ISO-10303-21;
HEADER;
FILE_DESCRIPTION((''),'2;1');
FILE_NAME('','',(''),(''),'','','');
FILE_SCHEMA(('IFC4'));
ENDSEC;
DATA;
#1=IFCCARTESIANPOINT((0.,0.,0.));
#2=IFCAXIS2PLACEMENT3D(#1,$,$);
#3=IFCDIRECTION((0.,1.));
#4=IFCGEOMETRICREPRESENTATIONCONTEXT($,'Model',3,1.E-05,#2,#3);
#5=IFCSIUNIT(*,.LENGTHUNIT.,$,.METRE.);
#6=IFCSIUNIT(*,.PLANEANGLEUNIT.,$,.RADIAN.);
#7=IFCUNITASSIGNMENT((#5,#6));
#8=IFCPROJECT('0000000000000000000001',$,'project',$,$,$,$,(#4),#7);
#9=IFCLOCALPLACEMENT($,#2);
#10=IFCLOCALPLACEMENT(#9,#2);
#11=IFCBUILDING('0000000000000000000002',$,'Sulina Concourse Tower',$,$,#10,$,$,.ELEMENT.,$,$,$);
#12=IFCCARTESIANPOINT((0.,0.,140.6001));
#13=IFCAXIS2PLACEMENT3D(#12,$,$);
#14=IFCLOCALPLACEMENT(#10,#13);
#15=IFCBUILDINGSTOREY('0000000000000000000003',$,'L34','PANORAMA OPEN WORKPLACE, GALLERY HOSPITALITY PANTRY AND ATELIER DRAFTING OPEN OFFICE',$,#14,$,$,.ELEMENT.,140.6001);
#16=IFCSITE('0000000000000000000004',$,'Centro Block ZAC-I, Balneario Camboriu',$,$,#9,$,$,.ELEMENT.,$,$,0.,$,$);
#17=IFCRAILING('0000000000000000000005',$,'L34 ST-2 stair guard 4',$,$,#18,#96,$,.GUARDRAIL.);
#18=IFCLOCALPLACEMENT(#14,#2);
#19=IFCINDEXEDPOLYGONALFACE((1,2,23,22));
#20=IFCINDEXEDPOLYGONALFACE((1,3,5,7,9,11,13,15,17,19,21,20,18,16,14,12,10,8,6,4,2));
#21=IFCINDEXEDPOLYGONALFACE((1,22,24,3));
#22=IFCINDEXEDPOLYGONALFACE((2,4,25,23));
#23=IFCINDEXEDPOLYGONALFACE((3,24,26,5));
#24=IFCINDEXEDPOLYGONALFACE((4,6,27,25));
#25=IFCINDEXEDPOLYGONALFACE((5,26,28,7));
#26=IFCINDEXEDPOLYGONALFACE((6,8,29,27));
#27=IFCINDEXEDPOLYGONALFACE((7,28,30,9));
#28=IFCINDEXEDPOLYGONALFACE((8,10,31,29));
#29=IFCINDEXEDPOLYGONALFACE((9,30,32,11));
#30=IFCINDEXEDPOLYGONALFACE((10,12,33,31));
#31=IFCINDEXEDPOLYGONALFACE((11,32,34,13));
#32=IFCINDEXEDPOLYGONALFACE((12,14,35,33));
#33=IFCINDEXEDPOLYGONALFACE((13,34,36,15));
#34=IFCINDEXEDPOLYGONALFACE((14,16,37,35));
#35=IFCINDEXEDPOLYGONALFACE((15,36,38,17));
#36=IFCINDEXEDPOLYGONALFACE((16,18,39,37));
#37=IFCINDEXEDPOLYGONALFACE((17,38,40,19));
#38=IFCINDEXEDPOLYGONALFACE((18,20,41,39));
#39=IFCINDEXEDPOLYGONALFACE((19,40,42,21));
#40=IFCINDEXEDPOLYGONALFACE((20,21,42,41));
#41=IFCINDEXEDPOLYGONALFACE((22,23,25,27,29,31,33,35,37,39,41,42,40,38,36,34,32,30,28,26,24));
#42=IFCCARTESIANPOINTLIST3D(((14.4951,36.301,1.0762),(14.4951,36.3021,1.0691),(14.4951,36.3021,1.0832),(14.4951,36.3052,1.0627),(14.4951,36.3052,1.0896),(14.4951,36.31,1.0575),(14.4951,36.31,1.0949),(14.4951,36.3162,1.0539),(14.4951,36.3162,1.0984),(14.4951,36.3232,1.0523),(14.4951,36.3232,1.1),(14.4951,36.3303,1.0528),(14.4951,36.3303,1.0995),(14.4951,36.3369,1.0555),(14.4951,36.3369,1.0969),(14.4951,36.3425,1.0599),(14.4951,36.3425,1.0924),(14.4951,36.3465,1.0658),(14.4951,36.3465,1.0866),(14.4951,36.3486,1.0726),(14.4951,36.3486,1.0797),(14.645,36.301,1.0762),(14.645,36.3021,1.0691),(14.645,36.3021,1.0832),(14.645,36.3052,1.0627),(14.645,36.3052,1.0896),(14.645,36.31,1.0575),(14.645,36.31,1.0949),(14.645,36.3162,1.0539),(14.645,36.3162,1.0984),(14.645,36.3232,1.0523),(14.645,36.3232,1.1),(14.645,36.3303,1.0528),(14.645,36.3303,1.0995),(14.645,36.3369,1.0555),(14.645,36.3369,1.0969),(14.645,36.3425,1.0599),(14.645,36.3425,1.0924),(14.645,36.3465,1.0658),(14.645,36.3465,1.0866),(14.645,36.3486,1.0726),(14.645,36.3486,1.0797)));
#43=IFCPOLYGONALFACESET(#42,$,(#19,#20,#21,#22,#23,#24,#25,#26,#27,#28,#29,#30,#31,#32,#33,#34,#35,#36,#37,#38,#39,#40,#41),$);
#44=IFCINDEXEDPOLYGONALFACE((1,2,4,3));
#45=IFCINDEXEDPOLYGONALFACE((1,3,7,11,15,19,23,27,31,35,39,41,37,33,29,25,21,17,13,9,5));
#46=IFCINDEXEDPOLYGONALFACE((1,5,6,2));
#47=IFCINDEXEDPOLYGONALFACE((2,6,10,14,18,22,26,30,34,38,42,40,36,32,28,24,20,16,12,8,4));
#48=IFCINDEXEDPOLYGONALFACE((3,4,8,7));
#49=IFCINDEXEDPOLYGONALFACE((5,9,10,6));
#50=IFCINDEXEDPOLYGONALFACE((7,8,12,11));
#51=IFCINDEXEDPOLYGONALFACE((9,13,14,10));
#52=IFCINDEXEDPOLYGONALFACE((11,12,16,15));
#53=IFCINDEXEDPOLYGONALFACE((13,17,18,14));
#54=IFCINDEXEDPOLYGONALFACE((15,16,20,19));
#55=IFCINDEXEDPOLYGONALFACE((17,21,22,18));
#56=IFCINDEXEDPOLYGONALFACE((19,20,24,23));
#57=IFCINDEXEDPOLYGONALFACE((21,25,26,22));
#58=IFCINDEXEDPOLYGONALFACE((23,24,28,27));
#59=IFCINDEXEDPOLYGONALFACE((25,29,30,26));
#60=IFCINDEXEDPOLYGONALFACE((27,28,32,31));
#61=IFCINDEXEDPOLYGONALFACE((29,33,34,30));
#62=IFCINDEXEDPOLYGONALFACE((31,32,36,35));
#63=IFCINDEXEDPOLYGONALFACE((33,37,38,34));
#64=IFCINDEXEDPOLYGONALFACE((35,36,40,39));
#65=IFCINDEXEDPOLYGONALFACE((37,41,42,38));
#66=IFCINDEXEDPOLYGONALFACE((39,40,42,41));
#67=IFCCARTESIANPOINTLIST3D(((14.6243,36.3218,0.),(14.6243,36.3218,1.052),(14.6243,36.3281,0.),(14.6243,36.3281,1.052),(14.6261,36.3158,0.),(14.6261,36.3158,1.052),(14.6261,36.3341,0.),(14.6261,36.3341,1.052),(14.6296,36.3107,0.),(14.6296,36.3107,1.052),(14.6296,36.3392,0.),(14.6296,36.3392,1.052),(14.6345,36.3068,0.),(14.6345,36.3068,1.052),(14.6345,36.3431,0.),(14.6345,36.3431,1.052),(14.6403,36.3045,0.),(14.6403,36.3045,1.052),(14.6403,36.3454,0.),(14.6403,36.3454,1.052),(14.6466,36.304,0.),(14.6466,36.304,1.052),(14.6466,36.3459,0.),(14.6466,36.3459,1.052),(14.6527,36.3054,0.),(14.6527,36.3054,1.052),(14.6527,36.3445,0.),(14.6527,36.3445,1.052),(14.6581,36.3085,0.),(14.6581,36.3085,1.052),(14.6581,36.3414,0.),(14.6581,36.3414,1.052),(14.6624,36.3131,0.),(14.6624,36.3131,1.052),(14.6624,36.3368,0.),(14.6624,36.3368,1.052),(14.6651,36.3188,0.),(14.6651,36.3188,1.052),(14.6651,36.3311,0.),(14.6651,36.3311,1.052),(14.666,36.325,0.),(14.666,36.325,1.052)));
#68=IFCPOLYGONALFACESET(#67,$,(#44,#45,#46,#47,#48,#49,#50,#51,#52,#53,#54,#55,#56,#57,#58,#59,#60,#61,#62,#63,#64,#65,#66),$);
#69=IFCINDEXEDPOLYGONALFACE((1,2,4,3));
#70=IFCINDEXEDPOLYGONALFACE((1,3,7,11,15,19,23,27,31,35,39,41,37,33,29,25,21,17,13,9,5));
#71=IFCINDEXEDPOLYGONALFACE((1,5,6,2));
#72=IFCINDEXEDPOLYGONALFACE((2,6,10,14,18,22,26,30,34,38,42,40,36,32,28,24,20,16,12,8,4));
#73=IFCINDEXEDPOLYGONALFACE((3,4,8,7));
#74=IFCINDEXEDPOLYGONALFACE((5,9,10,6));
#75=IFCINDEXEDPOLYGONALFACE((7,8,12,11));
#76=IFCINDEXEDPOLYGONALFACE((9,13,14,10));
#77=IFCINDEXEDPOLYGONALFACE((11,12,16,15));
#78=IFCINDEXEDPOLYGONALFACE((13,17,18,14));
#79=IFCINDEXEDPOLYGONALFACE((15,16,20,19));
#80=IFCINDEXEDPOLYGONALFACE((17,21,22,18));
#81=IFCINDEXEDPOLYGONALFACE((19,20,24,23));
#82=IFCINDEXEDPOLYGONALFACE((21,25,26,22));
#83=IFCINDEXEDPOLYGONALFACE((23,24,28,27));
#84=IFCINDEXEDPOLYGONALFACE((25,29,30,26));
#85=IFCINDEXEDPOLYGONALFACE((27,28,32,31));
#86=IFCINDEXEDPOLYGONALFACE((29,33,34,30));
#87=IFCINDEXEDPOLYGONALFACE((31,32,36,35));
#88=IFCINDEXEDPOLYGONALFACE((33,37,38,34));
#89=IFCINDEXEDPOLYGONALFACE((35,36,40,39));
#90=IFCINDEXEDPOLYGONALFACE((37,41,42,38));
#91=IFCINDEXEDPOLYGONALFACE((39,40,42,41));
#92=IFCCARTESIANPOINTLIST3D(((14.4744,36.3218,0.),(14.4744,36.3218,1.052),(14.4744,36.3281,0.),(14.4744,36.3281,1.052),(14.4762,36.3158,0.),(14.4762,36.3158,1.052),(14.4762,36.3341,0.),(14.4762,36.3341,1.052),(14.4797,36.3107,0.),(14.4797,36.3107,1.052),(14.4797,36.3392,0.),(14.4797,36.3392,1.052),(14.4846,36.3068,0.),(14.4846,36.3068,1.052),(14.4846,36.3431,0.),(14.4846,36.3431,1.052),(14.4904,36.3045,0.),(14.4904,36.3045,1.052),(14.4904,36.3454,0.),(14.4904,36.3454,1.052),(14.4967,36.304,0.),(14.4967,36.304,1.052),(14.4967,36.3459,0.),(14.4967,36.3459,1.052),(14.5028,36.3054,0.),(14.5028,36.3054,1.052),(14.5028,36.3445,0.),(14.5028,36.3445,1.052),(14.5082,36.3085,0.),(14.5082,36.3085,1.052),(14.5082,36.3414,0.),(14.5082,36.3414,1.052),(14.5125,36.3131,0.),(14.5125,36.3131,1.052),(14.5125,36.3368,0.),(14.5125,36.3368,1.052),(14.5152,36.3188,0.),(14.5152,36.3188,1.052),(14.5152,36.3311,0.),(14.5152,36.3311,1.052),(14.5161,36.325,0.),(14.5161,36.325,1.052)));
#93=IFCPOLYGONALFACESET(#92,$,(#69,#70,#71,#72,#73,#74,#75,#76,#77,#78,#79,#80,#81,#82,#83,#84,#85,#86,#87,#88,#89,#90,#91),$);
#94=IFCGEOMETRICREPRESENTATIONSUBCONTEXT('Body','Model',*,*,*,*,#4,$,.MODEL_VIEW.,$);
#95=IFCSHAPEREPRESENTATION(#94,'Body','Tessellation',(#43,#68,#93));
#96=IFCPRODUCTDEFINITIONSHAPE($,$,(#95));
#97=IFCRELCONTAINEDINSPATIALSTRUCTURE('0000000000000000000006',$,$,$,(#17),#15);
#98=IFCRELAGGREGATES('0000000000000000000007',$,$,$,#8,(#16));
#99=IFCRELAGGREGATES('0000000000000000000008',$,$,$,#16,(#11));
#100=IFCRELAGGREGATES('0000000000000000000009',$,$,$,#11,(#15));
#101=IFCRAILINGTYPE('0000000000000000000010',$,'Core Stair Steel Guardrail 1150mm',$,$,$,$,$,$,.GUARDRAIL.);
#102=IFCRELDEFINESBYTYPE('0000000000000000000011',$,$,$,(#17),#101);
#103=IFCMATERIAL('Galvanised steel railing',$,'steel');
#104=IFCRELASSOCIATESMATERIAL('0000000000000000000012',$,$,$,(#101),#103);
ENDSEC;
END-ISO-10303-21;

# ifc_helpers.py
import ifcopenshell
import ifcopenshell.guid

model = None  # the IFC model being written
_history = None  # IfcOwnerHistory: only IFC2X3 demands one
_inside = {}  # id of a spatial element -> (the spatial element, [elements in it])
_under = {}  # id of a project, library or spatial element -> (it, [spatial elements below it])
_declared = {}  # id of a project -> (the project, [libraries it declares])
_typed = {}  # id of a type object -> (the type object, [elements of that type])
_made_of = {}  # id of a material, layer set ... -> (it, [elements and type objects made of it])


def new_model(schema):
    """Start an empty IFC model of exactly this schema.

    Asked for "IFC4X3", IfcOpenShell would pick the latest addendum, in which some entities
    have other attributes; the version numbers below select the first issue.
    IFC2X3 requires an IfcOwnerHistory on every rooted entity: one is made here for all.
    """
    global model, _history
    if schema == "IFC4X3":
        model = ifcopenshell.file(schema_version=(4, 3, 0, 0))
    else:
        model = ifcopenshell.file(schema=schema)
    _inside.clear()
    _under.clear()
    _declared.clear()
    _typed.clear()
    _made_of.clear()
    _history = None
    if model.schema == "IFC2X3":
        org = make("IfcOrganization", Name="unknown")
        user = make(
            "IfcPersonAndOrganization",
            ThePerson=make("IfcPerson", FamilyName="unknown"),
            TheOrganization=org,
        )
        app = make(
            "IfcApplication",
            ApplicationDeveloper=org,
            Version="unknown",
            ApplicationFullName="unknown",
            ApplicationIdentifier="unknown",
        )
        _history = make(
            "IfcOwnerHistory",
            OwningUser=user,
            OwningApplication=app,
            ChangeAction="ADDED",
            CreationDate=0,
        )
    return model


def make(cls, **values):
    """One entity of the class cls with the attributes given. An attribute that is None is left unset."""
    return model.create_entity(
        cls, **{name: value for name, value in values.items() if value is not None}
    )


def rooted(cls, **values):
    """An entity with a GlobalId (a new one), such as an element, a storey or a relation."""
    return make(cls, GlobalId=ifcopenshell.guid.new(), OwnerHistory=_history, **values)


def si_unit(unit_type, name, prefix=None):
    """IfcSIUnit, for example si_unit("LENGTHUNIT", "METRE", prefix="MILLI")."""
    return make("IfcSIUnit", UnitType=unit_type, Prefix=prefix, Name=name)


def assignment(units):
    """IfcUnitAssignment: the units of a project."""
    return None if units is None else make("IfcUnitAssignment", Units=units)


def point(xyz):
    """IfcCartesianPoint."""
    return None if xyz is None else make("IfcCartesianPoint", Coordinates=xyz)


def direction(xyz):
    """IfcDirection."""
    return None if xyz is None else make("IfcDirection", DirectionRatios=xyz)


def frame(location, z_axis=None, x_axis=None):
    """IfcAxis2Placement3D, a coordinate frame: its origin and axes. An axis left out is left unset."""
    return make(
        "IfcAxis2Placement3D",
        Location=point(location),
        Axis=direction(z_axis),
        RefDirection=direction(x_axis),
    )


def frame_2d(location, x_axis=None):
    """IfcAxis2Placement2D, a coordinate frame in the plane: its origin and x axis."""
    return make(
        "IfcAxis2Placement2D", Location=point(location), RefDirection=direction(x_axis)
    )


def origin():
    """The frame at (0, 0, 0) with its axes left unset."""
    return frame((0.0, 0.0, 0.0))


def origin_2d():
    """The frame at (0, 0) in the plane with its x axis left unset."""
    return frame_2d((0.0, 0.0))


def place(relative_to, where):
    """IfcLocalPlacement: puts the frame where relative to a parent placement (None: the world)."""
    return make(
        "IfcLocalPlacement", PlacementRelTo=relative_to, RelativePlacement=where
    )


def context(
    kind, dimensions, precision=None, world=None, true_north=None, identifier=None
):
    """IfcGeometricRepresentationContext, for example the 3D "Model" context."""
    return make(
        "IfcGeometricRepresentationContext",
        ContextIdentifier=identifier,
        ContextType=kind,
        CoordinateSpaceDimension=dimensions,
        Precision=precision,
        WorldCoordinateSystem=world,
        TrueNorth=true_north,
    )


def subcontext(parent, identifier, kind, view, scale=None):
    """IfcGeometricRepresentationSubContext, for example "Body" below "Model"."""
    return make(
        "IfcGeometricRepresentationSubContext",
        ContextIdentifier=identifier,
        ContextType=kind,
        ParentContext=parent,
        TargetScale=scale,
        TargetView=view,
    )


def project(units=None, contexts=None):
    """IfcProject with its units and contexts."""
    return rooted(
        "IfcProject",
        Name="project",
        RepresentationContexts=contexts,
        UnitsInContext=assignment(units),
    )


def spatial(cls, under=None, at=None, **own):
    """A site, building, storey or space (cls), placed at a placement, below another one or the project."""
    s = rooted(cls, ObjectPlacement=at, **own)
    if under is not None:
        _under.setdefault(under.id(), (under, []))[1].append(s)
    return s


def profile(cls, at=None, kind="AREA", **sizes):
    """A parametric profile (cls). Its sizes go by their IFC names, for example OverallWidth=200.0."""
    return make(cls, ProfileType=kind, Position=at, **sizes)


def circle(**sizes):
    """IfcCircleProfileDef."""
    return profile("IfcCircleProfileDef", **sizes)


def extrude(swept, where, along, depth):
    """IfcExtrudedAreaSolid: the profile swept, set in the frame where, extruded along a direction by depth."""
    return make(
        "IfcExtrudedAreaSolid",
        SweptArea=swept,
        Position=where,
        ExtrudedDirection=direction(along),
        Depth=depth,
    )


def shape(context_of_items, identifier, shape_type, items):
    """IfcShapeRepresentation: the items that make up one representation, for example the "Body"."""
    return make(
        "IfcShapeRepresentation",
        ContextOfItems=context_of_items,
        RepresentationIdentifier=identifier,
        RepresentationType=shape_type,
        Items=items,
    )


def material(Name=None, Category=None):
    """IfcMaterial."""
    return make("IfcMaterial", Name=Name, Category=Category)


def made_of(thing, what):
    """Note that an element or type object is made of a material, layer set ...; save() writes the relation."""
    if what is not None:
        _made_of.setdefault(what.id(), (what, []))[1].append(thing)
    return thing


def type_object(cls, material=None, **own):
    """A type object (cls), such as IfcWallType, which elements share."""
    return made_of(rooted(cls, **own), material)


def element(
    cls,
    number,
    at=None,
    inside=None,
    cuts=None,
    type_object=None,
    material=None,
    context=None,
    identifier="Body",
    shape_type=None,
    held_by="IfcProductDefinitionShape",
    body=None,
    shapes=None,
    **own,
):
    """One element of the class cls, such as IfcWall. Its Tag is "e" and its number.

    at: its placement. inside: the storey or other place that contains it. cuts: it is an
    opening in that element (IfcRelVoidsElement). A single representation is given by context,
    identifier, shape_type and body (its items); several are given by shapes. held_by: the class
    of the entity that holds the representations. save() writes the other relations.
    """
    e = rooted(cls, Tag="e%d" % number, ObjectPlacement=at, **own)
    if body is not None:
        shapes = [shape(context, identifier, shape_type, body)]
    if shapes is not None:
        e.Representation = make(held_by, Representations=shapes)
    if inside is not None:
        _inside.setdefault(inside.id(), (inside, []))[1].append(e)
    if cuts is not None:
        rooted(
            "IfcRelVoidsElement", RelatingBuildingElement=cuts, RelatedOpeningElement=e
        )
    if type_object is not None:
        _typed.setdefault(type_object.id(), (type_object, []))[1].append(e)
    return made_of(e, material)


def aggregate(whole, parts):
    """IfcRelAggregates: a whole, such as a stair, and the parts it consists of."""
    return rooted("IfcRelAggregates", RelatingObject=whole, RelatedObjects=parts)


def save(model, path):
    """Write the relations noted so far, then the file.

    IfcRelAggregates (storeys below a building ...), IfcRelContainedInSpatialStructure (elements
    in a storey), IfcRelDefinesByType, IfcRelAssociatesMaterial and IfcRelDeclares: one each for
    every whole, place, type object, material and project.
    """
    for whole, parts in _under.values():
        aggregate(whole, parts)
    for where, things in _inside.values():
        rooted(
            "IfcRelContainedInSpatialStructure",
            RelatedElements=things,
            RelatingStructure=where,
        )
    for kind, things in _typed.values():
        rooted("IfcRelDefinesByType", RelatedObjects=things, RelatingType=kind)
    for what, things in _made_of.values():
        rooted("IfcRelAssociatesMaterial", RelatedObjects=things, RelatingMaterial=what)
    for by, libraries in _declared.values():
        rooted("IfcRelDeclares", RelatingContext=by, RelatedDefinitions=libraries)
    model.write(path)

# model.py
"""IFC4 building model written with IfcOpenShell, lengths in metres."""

from ifc_helpers import new_model, si_unit, direction, frame, origin, origin_2d, place, context, subcontext, project, spatial, circle, extrude, material, type_object, element, save


model = new_model("IFC4")

# Units and contexts
model_context = context("Model", 3, precision=1e-05, world=origin(), true_north=direction((0.0, 1.0)))
body_context = subcontext(model_context, "Body", "Model", "MODEL_VIEW")
ifc_project = project(units=[si_unit("LENGTHUNIT", "METRE"), si_unit("PLANEANGLEUNIT", "RADIAN")], contexts=[model_context])

# Site, building, storey
site_placement = place(None, origin())
site = spatial("IfcSite", under=ifc_project, at=site_placement, Name="Centro Block ZAC-I, Balneario Camboriu", CompositionType="ELEMENT", RefElevation=0.0)
building_placement = place(site_placement, origin())
building = spatial("IfcBuilding", under=site, at=building_placement, Name="Sulina Concourse Tower", CompositionType="ELEMENT")
storey_placement = place(building_placement, frame((0.0, 0.0, 140.6001)))
storey = spatial("IfcBuildingStorey", under=building, at=storey_placement, Name="L34", Description="PANORAMA OPEN WORKPLACE, GALLERY HOSPITALITY PANTRY AND ATELIER DRAFTING OPEN OFFICE", CompositionType="ELEMENT", Elevation=140.6001)

# Railing
ifc_material_1 = material(Name="Galvanised steel railing", Category="steel")
railing_type_1 = type_object("IfcRailingType", Name="Core Stair Steel Guardrail 1150mm", PredefinedType="GUARDRAIL", material=ifc_material_1)
railing_1_placement = place(storey_placement, frame((14.645, 36.325, 0.0)))
element("IfcRailing", 1, at=railing_1_placement, inside=storey, type_object=railing_type_1, Name="L34 ST-2 stair guard 4", PredefinedType="GUARDRAIL", context=body_context, shape_type="SweptSolid", body=[
    extrude(circle(Radius=0.0239, at=origin_2d()), frame((0.0, 0.0, 1.0762), z_axis=(-1.0, 0.0, 0.0), x_axis=(0.0, -1.0, 0.0)), (0.0, 0.0, 1.0), 0.1499),
    extrude(circle(Radius=0.021, at=origin_2d()), origin(), (0.0, 0.0, 1.0), 1.052),
    extrude(circle(Radius=0.021, at=origin_2d()), frame((-0.1499, 0.0, 0.0)), (0.0, 0.0, 1.0), 1.052),
])

save(model, "model.ifc")
